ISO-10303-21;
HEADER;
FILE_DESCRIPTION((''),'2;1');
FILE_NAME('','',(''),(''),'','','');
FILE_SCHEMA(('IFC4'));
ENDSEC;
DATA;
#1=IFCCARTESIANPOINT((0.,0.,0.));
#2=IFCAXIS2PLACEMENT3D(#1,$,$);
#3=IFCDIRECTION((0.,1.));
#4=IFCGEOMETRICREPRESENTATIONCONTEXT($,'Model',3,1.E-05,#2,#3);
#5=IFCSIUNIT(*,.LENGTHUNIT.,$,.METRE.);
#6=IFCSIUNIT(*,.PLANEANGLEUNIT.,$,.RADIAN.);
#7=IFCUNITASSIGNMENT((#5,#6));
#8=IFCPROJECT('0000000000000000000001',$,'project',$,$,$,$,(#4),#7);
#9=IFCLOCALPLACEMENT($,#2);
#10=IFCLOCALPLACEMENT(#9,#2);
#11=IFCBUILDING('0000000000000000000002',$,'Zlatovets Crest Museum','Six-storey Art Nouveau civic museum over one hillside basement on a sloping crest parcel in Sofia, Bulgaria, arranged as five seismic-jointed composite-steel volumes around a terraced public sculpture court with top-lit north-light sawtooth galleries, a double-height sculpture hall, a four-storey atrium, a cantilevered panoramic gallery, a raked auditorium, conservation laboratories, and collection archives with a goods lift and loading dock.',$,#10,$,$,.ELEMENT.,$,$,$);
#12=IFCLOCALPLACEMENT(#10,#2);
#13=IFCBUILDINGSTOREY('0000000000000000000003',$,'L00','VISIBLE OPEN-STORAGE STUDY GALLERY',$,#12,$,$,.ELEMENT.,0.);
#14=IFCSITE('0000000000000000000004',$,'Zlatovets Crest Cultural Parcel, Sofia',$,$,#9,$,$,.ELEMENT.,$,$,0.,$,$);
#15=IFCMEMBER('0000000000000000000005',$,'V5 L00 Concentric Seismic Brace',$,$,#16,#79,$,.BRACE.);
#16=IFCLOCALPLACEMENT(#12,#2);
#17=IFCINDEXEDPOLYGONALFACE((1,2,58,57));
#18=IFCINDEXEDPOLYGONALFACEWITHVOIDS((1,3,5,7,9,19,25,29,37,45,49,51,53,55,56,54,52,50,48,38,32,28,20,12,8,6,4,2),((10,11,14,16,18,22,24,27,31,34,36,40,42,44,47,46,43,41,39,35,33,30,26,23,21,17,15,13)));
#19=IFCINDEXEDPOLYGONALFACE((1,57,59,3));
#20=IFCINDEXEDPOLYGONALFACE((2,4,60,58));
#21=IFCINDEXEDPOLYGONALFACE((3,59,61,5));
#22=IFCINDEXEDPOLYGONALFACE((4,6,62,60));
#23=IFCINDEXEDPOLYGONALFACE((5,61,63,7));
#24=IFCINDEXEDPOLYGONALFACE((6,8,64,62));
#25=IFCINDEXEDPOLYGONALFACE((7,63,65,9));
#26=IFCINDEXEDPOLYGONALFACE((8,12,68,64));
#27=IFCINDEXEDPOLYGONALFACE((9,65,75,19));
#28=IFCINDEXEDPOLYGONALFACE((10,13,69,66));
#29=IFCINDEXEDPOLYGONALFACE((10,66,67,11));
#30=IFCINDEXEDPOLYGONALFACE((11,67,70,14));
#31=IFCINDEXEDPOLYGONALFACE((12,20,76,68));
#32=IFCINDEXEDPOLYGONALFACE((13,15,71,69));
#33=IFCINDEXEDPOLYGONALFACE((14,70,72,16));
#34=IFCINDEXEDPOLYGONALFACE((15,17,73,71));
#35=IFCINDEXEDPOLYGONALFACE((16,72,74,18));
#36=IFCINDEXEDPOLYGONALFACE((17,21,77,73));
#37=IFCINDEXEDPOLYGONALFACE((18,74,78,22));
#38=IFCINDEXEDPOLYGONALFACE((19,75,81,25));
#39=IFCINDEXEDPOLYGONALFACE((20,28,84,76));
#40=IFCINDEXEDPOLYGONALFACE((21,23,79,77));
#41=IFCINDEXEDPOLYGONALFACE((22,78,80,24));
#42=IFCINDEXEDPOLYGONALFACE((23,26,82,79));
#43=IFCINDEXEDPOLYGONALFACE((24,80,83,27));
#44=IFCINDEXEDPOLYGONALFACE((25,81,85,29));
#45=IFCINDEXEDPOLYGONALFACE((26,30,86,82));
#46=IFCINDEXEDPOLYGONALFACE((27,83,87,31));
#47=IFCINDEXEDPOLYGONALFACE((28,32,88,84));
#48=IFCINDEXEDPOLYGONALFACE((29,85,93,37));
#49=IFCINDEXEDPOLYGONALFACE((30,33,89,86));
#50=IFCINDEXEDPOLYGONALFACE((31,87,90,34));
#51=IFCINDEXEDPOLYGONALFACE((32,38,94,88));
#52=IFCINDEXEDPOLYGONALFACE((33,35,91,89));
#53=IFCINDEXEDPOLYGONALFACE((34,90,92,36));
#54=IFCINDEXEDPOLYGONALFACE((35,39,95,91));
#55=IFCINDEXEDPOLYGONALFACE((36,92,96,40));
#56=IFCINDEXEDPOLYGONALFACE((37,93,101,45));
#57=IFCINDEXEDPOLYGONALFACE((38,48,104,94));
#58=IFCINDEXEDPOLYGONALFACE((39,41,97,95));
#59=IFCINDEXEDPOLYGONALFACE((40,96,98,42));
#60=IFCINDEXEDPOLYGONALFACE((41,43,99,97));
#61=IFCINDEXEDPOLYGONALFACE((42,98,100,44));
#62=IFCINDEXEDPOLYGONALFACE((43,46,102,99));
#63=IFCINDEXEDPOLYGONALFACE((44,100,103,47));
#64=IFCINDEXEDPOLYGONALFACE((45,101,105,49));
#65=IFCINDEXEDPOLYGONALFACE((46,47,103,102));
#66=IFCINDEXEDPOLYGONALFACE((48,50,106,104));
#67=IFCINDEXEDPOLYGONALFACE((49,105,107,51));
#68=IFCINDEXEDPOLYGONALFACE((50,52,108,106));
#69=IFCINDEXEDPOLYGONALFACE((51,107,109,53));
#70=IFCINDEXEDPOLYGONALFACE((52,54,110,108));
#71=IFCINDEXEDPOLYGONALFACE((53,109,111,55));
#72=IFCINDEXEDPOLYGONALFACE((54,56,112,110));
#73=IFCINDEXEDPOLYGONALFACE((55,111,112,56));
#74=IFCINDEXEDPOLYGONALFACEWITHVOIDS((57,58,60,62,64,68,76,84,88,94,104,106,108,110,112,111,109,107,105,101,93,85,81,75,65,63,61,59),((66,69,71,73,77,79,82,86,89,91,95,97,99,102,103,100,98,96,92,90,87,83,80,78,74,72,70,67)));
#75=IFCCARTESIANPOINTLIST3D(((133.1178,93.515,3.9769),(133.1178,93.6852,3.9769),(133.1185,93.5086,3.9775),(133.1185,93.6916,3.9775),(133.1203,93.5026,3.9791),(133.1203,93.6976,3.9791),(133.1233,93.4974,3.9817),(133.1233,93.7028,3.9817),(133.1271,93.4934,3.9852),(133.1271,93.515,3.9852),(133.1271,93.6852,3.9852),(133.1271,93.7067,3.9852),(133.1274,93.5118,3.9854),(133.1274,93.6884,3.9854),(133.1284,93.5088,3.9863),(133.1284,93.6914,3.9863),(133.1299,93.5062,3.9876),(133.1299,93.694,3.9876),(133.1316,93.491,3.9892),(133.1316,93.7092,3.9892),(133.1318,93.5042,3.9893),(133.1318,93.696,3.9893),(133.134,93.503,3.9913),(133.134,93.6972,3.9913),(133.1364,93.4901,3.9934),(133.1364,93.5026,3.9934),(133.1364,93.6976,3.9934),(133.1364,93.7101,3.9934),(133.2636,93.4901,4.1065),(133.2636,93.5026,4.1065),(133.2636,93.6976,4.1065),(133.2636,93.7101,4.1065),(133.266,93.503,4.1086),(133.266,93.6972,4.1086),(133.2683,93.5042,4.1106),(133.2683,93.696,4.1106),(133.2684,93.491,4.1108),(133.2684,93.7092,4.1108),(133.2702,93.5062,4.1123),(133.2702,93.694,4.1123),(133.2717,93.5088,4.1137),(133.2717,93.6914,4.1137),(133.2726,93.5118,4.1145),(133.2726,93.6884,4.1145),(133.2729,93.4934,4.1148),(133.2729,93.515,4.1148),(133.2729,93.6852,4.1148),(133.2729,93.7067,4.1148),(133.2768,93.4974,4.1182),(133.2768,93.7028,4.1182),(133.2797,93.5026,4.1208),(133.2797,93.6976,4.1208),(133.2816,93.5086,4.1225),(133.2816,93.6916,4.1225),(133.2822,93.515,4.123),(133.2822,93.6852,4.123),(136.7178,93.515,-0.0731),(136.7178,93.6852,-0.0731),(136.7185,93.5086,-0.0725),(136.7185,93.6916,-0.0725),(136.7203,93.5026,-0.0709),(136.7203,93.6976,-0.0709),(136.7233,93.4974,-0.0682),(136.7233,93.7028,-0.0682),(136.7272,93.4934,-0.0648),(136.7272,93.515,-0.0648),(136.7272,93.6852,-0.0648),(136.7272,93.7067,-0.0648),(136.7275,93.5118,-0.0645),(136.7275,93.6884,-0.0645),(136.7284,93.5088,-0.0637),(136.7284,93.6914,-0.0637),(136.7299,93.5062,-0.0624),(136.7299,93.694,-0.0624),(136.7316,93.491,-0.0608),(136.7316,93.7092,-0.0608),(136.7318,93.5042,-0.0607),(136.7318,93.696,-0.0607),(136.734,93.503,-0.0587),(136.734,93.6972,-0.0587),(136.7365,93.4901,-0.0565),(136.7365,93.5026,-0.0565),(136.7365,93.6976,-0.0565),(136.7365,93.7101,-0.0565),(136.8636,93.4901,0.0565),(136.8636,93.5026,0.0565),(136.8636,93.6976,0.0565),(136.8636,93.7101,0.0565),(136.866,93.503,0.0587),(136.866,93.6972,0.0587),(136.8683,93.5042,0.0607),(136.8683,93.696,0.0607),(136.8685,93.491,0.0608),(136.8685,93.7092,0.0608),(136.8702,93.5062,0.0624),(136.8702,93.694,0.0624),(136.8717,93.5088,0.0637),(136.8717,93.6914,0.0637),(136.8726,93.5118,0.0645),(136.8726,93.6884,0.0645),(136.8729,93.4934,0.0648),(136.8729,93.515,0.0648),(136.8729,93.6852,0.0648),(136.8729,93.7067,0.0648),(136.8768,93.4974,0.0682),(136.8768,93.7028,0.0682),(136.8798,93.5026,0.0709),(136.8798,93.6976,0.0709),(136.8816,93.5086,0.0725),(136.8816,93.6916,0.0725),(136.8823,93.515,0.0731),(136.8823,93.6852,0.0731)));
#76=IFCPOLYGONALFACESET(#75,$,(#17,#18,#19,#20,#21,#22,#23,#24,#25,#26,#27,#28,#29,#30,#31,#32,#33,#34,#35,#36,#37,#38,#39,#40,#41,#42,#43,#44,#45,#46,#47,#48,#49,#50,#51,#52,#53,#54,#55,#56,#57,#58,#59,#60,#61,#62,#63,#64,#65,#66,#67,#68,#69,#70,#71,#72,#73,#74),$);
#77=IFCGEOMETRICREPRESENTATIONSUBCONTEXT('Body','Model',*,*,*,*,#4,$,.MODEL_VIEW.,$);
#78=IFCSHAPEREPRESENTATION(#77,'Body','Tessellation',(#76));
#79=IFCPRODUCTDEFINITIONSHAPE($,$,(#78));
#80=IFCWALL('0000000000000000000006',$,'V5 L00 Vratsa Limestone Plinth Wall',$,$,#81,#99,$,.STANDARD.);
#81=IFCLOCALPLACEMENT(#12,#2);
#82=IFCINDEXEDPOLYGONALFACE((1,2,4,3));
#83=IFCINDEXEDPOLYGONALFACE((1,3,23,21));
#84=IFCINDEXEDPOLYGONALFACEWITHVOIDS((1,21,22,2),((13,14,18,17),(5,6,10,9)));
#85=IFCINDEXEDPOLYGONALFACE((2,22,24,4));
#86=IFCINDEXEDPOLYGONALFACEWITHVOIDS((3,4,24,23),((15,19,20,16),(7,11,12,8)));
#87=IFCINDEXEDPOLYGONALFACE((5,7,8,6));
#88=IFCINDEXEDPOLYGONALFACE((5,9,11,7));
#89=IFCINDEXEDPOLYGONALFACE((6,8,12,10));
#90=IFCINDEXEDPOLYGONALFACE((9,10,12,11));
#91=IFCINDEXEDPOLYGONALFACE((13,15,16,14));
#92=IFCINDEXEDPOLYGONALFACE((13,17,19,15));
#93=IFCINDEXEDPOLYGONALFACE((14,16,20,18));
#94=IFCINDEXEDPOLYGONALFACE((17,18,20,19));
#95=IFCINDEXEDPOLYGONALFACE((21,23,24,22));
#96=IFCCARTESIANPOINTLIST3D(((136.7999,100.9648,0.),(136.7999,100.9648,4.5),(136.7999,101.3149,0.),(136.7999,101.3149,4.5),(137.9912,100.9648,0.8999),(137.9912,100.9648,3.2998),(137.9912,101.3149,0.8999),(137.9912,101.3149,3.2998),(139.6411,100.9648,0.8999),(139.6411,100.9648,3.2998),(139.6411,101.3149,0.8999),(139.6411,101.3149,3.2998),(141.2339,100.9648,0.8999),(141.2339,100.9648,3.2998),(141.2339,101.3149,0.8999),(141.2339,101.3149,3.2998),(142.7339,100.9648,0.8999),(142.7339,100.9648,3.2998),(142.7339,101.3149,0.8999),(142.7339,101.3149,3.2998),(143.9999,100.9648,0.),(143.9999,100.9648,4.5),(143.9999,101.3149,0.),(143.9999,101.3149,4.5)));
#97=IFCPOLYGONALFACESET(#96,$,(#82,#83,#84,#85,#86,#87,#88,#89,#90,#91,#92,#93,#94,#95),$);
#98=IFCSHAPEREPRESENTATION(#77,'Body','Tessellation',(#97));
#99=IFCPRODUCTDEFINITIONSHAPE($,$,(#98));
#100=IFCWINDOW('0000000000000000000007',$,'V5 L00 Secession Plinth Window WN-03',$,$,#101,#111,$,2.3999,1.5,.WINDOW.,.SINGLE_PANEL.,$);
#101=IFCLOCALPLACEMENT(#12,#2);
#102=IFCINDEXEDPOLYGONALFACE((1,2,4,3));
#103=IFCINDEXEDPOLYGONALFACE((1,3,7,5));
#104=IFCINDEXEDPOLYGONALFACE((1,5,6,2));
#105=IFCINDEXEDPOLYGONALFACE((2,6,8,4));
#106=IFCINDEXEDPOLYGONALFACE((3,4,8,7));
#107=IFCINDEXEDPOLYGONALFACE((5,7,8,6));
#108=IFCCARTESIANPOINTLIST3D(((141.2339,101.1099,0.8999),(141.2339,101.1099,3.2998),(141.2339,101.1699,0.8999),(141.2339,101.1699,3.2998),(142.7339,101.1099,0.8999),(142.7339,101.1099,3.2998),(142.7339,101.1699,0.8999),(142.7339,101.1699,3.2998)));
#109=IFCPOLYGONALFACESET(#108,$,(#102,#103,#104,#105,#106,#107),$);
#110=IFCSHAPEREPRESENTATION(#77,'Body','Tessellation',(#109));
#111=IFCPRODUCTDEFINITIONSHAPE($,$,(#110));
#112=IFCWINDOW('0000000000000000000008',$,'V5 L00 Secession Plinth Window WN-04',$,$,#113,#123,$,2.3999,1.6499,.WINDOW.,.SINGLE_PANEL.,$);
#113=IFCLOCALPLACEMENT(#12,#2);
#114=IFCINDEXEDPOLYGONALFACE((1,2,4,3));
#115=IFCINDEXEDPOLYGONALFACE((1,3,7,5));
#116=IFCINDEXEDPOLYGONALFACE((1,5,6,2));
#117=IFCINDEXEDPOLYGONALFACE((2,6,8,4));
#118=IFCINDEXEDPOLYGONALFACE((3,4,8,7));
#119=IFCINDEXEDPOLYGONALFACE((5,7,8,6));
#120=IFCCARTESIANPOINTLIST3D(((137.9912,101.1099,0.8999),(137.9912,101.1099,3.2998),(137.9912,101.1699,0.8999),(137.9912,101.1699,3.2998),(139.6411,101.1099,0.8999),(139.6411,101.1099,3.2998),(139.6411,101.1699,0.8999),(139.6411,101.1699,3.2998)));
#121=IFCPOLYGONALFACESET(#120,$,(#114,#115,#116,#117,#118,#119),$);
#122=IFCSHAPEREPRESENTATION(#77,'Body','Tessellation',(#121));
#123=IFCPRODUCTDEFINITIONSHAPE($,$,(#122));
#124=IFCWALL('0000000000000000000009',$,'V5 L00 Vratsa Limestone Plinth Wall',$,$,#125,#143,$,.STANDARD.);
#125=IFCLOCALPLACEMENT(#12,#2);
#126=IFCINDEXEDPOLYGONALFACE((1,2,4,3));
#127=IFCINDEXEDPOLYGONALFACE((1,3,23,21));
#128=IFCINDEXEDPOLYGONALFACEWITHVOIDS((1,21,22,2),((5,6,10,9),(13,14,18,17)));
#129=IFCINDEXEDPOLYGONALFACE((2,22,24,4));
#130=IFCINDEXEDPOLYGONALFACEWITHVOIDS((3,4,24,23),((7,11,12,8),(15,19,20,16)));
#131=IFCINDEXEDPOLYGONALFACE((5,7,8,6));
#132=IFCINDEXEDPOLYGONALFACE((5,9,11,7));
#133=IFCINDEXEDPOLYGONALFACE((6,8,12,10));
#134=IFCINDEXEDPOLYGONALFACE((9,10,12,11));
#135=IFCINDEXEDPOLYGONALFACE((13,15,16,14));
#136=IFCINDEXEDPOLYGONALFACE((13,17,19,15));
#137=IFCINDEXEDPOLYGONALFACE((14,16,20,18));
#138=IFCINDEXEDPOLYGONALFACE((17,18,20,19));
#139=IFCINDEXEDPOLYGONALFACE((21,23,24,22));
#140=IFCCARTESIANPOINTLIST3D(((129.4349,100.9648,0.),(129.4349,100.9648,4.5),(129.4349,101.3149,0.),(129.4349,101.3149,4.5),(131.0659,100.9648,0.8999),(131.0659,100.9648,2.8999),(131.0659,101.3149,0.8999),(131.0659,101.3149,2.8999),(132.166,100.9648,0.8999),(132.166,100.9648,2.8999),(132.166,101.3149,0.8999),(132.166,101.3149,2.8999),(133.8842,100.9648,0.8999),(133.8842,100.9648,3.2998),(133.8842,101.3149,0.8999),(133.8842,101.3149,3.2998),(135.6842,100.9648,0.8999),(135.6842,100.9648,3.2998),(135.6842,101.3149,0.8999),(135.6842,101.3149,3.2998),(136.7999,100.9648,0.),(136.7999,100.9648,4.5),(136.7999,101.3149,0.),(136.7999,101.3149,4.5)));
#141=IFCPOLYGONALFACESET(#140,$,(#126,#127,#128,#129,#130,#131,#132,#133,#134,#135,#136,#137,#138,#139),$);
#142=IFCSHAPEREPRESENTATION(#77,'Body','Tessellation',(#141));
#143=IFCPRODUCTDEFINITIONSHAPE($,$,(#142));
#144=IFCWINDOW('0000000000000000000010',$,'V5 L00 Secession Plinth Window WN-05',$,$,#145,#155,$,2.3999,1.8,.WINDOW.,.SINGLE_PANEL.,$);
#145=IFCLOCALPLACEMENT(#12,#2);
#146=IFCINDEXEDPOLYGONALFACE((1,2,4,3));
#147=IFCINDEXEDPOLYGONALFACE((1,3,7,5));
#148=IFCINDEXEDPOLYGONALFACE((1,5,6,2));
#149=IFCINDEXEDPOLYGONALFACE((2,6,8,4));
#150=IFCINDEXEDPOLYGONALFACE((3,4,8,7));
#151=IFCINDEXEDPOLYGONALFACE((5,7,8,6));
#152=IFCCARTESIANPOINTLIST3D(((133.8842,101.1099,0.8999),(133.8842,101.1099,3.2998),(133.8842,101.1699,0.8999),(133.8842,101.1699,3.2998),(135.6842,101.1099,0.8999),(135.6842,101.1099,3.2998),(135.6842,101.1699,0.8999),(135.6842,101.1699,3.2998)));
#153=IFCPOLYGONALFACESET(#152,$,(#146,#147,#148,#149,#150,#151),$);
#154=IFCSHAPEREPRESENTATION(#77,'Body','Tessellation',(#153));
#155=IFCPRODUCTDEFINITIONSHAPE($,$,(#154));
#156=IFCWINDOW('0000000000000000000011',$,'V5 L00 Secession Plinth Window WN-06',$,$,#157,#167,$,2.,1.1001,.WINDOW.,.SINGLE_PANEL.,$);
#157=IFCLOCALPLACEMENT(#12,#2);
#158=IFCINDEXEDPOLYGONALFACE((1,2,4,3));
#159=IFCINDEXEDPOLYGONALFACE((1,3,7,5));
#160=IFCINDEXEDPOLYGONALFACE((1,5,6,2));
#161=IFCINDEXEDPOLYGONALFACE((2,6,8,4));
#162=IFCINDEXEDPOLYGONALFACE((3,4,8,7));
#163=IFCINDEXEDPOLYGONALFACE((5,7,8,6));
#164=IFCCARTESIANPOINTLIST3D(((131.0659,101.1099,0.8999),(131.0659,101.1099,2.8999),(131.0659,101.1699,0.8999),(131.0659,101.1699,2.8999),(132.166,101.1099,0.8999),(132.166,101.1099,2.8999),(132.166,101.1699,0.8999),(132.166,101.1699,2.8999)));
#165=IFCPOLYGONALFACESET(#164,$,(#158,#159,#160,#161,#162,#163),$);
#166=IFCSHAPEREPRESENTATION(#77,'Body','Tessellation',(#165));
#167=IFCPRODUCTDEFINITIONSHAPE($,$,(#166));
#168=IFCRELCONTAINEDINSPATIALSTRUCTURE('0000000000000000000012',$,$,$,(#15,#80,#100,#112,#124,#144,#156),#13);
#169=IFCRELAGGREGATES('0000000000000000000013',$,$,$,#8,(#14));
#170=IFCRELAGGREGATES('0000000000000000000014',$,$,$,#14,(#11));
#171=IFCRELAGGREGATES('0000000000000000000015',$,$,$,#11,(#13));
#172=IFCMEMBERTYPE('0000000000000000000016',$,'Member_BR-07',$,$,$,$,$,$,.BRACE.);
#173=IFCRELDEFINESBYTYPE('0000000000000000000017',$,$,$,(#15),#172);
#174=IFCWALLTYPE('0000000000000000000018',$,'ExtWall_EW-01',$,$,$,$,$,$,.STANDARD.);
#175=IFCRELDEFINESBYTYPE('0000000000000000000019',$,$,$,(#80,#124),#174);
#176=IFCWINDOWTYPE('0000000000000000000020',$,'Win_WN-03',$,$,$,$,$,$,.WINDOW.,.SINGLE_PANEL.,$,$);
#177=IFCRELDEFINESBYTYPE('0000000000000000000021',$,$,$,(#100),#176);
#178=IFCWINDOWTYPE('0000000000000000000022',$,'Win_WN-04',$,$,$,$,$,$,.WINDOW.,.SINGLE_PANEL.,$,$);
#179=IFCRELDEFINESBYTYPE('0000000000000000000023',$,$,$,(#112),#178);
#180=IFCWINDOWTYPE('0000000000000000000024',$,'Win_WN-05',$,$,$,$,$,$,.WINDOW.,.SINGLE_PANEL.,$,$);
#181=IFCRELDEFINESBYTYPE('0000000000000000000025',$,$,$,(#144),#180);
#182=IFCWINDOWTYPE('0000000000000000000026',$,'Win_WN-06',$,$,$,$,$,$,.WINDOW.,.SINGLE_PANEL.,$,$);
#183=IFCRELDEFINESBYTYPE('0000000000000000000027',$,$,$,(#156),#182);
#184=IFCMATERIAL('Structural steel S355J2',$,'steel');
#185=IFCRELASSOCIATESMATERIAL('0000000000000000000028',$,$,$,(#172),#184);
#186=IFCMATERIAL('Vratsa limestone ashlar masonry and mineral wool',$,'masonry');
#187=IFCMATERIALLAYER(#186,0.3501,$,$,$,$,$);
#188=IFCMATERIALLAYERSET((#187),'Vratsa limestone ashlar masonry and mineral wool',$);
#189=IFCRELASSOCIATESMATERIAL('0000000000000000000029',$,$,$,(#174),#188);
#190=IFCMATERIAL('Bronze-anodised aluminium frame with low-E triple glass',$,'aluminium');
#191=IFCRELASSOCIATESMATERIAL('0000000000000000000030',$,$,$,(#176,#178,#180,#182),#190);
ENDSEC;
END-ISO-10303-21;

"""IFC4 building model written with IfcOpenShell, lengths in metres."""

from ifc_helpers import new_model, si_unit, direction, frame, frame_2d, origin, origin_2d, place, context, subcontext, project, spatial, rectangle, hollow_rectangle, extrude, material, layer, layer_set, material_profile, profile_set, type_object, element, fill, save


model = new_model("IFC4")

# Units and contexts
model_context = context("Model", 3, precision=1e-05, world=origin(), true_north=direction((0.0, 1.0)))
body_context = subcontext(model_context, "Body", "Model", "MODEL_VIEW")
ifc_project = project(units=[si_unit("LENGTHUNIT", "METRE"), si_unit("PLANEANGLEUNIT", "RADIAN")], contexts=[model_context])

# Site, building, storey
site_placement = place(None, origin())
site = spatial("IfcSite", under=ifc_project, at=site_placement, Name="Zlatovets Crest Cultural Parcel, Sofia", CompositionType="ELEMENT", RefElevation=0.0)
building_placement = place(site_placement, origin())
building = spatial("IfcBuilding", under=site, at=building_placement, Name="Zlatovets Crest Museum", Description="Six-storey Art Nouveau civic museum over one hillside basement on a sloping crest parcel in Sofia, Bulgaria, arranged as five seismic-jointed composite-steel volumes around a terraced public sculpture court with top-lit north-light sawtooth galleries, a double-height sculpture hall, a four-storey atrium, a cantilevered panoramic gallery, a raked auditorium, conservation laboratories, and collection archives with a goods lift and loading dock.", CompositionType="ELEMENT")
storey_placement = place(building_placement, origin())
storey = spatial("IfcBuildingStorey", under=building, at=storey_placement, Name="L00", Description="VISIBLE OPEN-STORAGE STUDY GALLERY", CompositionType="ELEMENT", Elevation=0.0)

# Shared definitions
ifc_material_1 = material(Name="Structural steel S355J2", Category="steel")

# Member
ifc_material_profile_1 = material_profile(ifc_material_1, hollow_rectangle(XDim=0.22, YDim=0.22, WallThickness=0.0125, InnerFilletRadius=0.0125, OuterFilletRadius=0.0249, at=origin_2d()), Name="SHS 220x220x12.5")
ifc_profile_set_1 = profile_set([ifc_material_profile_1], Name="Structural steel S355J2")
member_type = type_object("IfcMemberType", Name="Member_BR-07", PredefinedType="BRACE", material=ifc_profile_set_1)
member_placement = place(storey_placement, frame((136.8, 93.6001, 0.0), z_axis=(-0.664369, 0.0, 0.747404), x_axis=(0.0, -1.0, 0.0)))
element("IfcMember", 1, at=member_placement, inside=storey, type_object=member_type, Name="V5 L00 Concentric Seismic Brace", PredefinedType="BRACE", context=body_context, shape_type="SweptSolid", body=[
    extrude(hollow_rectangle(XDim=0.22, YDim=0.22, WallThickness=0.0125, InnerFilletRadius=0.0125, OuterFilletRadius=0.0249, at=origin_2d()), origin(), (0.0, 0.0, 1.0), 5.4187),
])

# Walls, openings, windows
ifc_material_2 = material(Name="Vratsa limestone ashlar masonry and mineral wool", Category="masonry")
ifc_layer_1 = layer(ifc_material_2, 0.3501)
ifc_layer_set_1 = layer_set([ifc_layer_1], Name="Vratsa limestone ashlar masonry and mineral wool")
wall_type_1 = type_object("IfcWallType", Name="ExtWall_EW-01", PredefinedType="STANDARD", material=ifc_layer_set_1)
wall_1_placement = place(storey_placement, frame((144.0, 101.1399, 0.0), z_axis=(0.0, 0.0, 1.0), x_axis=(-1.0, 0.0, 0.0)))
wall_1 = element("IfcWall", 2, at=wall_1_placement, inside=storey, type_object=wall_type_1, Name="V5 L00 Vratsa Limestone Plinth Wall", PredefinedType="STANDARD", context=body_context, shape_type="SweptSolid", body=[
    extrude(rectangle(XDim=7.2, YDim=0.3501, at=frame_2d((3.6001, 0.0))), origin(), (0.0, 0.0, 1.0), 4.5),
])
opening_1_placement = place(wall_1_placement, frame((1.2661, 0.0, 0.8999)))
opening_1 = element("IfcOpeningElement", 3, at=opening_1_placement, cuts=wall_1, PredefinedType="OPENING", context=body_context, shape_type="SweptSolid", body=[
    extrude(rectangle(XDim=1.5, YDim=2.3999, at=frame_2d((0.75, 1.2))), frame((0.0, 0.1851, 0.0), z_axis=(0.0, -1.0, 0.0), x_axis=(1.0, 0.0, 0.0)), (0.0, 0.0, 1.0), 0.3701),
])
opening_2_placement = place(wall_1_placement, frame((4.3589, 0.0, 0.8999)))
opening_2 = element("IfcOpeningElement", 4, at=opening_2_placement, cuts=wall_1, PredefinedType="OPENING", context=body_context, shape_type="SweptSolid", body=[
    extrude(rectangle(XDim=1.6499, YDim=2.3999, at=frame_2d((0.825, 1.2))), frame((0.0, 0.1851, 0.0), z_axis=(0.0, -1.0, 0.0), x_axis=(1.0, 0.0, 0.0)), (0.0, 0.0, 1.0), 0.3701),
])
ifc_material_3 = material(Name="Bronze-anodised aluminium frame with low-E triple glass", Category="aluminium")
window_type_1 = type_object("IfcWindowType", Name="Win_WN-03", PartitioningType="SINGLE_PANEL", PredefinedType="WINDOW", material=ifc_material_3)
window_1_placement = place(opening_1_placement, origin())
window_1 = element("IfcWindow", 5, at=window_1_placement, inside=storey, type_object=window_type_1, Name="V5 L00 Secession Plinth Window WN-03", OverallHeight=2.3999, OverallWidth=1.5, PartitioningType="SINGLE_PANEL", PredefinedType="WINDOW", context=body_context, shape_type="SweptSolid", body=[
    extrude(rectangle(XDim=1.5, YDim=2.3999, at=frame_2d((0.75, 1.2))), frame((0.0, 0.03, 0.0), z_axis=(0.0, -1.0, 0.0), x_axis=(1.0, 0.0, 0.0)), (0.0, 0.0, 1.0), 0.0601),
])
fill(opening_1, window_1)
window_type_2 = type_object("IfcWindowType", Name="Win_WN-04", PartitioningType="SINGLE_PANEL", PredefinedType="WINDOW", material=ifc_material_3)
window_2_placement = place(opening_2_placement, origin())
window_2 = element("IfcWindow", 6, at=window_2_placement, inside=storey, type_object=window_type_2, Name="V5 L00 Secession Plinth Window WN-04", OverallHeight=2.3999, OverallWidth=1.6499, PartitioningType="SINGLE_PANEL", PredefinedType="WINDOW", context=body_context, shape_type="SweptSolid", body=[
    extrude(rectangle(XDim=1.6499, YDim=2.3999, at=frame_2d((0.825, 1.2))), frame((0.0, 0.03, 0.0), z_axis=(0.0, -1.0, 0.0), x_axis=(1.0, 0.0, 0.0)), (0.0, 0.0, 1.0), 0.0601),
])
fill(opening_2, window_2)
wall_2_placement = place(storey_placement, frame((136.8, 101.1399, 0.0), z_axis=(0.0, 0.0, 1.0), x_axis=(-1.0, 0.0, 0.0)))
wall_2 = element("IfcWall", 7, at=wall_2_placement, inside=storey, type_object=wall_type_1, Name="V5 L00 Vratsa Limestone Plinth Wall", PredefinedType="STANDARD", context=body_context, shape_type="SweptSolid", body=[
    extrude(rectangle(XDim=7.365, YDim=0.3501, at=frame_2d((3.6826, 0.0))), origin(), (0.0, 0.0, 1.0), 4.5),
])
opening_3_placement = place(wall_2_placement, frame((1.116, 0.0, 0.8999)))
opening_3 = element("IfcOpeningElement", 8, at=opening_3_placement, cuts=wall_2, PredefinedType="OPENING", context=body_context, shape_type="SweptSolid", body=[
    extrude(rectangle(XDim=1.8, YDim=2.3999, at=frame_2d((0.8999, 1.2))), frame((0.0, 0.1851, 0.0), z_axis=(0.0, -1.0, 0.0), x_axis=(1.0, 0.0, 0.0)), (0.0, 0.0, 1.0), 0.3701),
])
opening_4_placement = place(wall_2_placement, frame((4.634, 0.0, 0.8999)))
opening_4 = element("IfcOpeningElement", 9, at=opening_4_placement, cuts=wall_2, PredefinedType="OPENING", context=body_context, shape_type="SweptSolid", body=[
    extrude(rectangle(XDim=1.1001, YDim=2.0, at=frame_2d((0.55, 1.0))), frame((0.0, 0.1851, 0.0), z_axis=(0.0, -1.0, 0.0), x_axis=(1.0, 0.0, 0.0)), (0.0, 0.0, 1.0), 0.3701),
])
window_type_3 = type_object("IfcWindowType", Name="Win_WN-05", PartitioningType="SINGLE_PANEL", PredefinedType="WINDOW", material=ifc_material_3)
window_3_placement = place(opening_3_placement, origin())
window_3 = element("IfcWindow", 10, at=window_3_placement, inside=storey, type_object=window_type_3, Name="V5 L00 Secession Plinth Window WN-05", OverallHeight=2.3999, OverallWidth=1.8, PartitioningType="SINGLE_PANEL", PredefinedType="WINDOW", context=body_context, shape_type="SweptSolid", body=[
    extrude(rectangle(XDim=1.8, YDim=2.3999, at=frame_2d((0.8999, 1.2))), frame((0.0, 0.03, 0.0), z_axis=(0.0, -1.0, 0.0), x_axis=(1.0, 0.0, 0.0)), (0.0, 0.0, 1.0), 0.0601),
])
fill(opening_3, window_3)
window_type_4 = type_object("IfcWindowType", Name="Win_WN-06", PartitioningType="SINGLE_PANEL", PredefinedType="WINDOW", material=ifc_material_3)
window_4_placement = place(opening_4_placement, origin())
window_4 = element("IfcWindow", 11, at=window_4_placement, inside=storey, type_object=window_type_4, Name="V5 L00 Secession Plinth Window WN-06", OverallHeight=2.0, OverallWidth=1.1001, PartitioningType="SINGLE_PANEL", PredefinedType="WINDOW", context=body_context, shape_type="SweptSolid", body=[
    extrude(rectangle(XDim=1.1001, YDim=2.0, at=frame_2d((0.55, 1.0))), frame((0.0, 0.03, 0.0), z_axis=(0.0, -1.0, 0.0), x_axis=(1.0, 0.0, 0.0)), (0.0, 0.0, 1.0), 0.0601),
])
fill(opening_4, window_4)

save(model, "model.ifc")
